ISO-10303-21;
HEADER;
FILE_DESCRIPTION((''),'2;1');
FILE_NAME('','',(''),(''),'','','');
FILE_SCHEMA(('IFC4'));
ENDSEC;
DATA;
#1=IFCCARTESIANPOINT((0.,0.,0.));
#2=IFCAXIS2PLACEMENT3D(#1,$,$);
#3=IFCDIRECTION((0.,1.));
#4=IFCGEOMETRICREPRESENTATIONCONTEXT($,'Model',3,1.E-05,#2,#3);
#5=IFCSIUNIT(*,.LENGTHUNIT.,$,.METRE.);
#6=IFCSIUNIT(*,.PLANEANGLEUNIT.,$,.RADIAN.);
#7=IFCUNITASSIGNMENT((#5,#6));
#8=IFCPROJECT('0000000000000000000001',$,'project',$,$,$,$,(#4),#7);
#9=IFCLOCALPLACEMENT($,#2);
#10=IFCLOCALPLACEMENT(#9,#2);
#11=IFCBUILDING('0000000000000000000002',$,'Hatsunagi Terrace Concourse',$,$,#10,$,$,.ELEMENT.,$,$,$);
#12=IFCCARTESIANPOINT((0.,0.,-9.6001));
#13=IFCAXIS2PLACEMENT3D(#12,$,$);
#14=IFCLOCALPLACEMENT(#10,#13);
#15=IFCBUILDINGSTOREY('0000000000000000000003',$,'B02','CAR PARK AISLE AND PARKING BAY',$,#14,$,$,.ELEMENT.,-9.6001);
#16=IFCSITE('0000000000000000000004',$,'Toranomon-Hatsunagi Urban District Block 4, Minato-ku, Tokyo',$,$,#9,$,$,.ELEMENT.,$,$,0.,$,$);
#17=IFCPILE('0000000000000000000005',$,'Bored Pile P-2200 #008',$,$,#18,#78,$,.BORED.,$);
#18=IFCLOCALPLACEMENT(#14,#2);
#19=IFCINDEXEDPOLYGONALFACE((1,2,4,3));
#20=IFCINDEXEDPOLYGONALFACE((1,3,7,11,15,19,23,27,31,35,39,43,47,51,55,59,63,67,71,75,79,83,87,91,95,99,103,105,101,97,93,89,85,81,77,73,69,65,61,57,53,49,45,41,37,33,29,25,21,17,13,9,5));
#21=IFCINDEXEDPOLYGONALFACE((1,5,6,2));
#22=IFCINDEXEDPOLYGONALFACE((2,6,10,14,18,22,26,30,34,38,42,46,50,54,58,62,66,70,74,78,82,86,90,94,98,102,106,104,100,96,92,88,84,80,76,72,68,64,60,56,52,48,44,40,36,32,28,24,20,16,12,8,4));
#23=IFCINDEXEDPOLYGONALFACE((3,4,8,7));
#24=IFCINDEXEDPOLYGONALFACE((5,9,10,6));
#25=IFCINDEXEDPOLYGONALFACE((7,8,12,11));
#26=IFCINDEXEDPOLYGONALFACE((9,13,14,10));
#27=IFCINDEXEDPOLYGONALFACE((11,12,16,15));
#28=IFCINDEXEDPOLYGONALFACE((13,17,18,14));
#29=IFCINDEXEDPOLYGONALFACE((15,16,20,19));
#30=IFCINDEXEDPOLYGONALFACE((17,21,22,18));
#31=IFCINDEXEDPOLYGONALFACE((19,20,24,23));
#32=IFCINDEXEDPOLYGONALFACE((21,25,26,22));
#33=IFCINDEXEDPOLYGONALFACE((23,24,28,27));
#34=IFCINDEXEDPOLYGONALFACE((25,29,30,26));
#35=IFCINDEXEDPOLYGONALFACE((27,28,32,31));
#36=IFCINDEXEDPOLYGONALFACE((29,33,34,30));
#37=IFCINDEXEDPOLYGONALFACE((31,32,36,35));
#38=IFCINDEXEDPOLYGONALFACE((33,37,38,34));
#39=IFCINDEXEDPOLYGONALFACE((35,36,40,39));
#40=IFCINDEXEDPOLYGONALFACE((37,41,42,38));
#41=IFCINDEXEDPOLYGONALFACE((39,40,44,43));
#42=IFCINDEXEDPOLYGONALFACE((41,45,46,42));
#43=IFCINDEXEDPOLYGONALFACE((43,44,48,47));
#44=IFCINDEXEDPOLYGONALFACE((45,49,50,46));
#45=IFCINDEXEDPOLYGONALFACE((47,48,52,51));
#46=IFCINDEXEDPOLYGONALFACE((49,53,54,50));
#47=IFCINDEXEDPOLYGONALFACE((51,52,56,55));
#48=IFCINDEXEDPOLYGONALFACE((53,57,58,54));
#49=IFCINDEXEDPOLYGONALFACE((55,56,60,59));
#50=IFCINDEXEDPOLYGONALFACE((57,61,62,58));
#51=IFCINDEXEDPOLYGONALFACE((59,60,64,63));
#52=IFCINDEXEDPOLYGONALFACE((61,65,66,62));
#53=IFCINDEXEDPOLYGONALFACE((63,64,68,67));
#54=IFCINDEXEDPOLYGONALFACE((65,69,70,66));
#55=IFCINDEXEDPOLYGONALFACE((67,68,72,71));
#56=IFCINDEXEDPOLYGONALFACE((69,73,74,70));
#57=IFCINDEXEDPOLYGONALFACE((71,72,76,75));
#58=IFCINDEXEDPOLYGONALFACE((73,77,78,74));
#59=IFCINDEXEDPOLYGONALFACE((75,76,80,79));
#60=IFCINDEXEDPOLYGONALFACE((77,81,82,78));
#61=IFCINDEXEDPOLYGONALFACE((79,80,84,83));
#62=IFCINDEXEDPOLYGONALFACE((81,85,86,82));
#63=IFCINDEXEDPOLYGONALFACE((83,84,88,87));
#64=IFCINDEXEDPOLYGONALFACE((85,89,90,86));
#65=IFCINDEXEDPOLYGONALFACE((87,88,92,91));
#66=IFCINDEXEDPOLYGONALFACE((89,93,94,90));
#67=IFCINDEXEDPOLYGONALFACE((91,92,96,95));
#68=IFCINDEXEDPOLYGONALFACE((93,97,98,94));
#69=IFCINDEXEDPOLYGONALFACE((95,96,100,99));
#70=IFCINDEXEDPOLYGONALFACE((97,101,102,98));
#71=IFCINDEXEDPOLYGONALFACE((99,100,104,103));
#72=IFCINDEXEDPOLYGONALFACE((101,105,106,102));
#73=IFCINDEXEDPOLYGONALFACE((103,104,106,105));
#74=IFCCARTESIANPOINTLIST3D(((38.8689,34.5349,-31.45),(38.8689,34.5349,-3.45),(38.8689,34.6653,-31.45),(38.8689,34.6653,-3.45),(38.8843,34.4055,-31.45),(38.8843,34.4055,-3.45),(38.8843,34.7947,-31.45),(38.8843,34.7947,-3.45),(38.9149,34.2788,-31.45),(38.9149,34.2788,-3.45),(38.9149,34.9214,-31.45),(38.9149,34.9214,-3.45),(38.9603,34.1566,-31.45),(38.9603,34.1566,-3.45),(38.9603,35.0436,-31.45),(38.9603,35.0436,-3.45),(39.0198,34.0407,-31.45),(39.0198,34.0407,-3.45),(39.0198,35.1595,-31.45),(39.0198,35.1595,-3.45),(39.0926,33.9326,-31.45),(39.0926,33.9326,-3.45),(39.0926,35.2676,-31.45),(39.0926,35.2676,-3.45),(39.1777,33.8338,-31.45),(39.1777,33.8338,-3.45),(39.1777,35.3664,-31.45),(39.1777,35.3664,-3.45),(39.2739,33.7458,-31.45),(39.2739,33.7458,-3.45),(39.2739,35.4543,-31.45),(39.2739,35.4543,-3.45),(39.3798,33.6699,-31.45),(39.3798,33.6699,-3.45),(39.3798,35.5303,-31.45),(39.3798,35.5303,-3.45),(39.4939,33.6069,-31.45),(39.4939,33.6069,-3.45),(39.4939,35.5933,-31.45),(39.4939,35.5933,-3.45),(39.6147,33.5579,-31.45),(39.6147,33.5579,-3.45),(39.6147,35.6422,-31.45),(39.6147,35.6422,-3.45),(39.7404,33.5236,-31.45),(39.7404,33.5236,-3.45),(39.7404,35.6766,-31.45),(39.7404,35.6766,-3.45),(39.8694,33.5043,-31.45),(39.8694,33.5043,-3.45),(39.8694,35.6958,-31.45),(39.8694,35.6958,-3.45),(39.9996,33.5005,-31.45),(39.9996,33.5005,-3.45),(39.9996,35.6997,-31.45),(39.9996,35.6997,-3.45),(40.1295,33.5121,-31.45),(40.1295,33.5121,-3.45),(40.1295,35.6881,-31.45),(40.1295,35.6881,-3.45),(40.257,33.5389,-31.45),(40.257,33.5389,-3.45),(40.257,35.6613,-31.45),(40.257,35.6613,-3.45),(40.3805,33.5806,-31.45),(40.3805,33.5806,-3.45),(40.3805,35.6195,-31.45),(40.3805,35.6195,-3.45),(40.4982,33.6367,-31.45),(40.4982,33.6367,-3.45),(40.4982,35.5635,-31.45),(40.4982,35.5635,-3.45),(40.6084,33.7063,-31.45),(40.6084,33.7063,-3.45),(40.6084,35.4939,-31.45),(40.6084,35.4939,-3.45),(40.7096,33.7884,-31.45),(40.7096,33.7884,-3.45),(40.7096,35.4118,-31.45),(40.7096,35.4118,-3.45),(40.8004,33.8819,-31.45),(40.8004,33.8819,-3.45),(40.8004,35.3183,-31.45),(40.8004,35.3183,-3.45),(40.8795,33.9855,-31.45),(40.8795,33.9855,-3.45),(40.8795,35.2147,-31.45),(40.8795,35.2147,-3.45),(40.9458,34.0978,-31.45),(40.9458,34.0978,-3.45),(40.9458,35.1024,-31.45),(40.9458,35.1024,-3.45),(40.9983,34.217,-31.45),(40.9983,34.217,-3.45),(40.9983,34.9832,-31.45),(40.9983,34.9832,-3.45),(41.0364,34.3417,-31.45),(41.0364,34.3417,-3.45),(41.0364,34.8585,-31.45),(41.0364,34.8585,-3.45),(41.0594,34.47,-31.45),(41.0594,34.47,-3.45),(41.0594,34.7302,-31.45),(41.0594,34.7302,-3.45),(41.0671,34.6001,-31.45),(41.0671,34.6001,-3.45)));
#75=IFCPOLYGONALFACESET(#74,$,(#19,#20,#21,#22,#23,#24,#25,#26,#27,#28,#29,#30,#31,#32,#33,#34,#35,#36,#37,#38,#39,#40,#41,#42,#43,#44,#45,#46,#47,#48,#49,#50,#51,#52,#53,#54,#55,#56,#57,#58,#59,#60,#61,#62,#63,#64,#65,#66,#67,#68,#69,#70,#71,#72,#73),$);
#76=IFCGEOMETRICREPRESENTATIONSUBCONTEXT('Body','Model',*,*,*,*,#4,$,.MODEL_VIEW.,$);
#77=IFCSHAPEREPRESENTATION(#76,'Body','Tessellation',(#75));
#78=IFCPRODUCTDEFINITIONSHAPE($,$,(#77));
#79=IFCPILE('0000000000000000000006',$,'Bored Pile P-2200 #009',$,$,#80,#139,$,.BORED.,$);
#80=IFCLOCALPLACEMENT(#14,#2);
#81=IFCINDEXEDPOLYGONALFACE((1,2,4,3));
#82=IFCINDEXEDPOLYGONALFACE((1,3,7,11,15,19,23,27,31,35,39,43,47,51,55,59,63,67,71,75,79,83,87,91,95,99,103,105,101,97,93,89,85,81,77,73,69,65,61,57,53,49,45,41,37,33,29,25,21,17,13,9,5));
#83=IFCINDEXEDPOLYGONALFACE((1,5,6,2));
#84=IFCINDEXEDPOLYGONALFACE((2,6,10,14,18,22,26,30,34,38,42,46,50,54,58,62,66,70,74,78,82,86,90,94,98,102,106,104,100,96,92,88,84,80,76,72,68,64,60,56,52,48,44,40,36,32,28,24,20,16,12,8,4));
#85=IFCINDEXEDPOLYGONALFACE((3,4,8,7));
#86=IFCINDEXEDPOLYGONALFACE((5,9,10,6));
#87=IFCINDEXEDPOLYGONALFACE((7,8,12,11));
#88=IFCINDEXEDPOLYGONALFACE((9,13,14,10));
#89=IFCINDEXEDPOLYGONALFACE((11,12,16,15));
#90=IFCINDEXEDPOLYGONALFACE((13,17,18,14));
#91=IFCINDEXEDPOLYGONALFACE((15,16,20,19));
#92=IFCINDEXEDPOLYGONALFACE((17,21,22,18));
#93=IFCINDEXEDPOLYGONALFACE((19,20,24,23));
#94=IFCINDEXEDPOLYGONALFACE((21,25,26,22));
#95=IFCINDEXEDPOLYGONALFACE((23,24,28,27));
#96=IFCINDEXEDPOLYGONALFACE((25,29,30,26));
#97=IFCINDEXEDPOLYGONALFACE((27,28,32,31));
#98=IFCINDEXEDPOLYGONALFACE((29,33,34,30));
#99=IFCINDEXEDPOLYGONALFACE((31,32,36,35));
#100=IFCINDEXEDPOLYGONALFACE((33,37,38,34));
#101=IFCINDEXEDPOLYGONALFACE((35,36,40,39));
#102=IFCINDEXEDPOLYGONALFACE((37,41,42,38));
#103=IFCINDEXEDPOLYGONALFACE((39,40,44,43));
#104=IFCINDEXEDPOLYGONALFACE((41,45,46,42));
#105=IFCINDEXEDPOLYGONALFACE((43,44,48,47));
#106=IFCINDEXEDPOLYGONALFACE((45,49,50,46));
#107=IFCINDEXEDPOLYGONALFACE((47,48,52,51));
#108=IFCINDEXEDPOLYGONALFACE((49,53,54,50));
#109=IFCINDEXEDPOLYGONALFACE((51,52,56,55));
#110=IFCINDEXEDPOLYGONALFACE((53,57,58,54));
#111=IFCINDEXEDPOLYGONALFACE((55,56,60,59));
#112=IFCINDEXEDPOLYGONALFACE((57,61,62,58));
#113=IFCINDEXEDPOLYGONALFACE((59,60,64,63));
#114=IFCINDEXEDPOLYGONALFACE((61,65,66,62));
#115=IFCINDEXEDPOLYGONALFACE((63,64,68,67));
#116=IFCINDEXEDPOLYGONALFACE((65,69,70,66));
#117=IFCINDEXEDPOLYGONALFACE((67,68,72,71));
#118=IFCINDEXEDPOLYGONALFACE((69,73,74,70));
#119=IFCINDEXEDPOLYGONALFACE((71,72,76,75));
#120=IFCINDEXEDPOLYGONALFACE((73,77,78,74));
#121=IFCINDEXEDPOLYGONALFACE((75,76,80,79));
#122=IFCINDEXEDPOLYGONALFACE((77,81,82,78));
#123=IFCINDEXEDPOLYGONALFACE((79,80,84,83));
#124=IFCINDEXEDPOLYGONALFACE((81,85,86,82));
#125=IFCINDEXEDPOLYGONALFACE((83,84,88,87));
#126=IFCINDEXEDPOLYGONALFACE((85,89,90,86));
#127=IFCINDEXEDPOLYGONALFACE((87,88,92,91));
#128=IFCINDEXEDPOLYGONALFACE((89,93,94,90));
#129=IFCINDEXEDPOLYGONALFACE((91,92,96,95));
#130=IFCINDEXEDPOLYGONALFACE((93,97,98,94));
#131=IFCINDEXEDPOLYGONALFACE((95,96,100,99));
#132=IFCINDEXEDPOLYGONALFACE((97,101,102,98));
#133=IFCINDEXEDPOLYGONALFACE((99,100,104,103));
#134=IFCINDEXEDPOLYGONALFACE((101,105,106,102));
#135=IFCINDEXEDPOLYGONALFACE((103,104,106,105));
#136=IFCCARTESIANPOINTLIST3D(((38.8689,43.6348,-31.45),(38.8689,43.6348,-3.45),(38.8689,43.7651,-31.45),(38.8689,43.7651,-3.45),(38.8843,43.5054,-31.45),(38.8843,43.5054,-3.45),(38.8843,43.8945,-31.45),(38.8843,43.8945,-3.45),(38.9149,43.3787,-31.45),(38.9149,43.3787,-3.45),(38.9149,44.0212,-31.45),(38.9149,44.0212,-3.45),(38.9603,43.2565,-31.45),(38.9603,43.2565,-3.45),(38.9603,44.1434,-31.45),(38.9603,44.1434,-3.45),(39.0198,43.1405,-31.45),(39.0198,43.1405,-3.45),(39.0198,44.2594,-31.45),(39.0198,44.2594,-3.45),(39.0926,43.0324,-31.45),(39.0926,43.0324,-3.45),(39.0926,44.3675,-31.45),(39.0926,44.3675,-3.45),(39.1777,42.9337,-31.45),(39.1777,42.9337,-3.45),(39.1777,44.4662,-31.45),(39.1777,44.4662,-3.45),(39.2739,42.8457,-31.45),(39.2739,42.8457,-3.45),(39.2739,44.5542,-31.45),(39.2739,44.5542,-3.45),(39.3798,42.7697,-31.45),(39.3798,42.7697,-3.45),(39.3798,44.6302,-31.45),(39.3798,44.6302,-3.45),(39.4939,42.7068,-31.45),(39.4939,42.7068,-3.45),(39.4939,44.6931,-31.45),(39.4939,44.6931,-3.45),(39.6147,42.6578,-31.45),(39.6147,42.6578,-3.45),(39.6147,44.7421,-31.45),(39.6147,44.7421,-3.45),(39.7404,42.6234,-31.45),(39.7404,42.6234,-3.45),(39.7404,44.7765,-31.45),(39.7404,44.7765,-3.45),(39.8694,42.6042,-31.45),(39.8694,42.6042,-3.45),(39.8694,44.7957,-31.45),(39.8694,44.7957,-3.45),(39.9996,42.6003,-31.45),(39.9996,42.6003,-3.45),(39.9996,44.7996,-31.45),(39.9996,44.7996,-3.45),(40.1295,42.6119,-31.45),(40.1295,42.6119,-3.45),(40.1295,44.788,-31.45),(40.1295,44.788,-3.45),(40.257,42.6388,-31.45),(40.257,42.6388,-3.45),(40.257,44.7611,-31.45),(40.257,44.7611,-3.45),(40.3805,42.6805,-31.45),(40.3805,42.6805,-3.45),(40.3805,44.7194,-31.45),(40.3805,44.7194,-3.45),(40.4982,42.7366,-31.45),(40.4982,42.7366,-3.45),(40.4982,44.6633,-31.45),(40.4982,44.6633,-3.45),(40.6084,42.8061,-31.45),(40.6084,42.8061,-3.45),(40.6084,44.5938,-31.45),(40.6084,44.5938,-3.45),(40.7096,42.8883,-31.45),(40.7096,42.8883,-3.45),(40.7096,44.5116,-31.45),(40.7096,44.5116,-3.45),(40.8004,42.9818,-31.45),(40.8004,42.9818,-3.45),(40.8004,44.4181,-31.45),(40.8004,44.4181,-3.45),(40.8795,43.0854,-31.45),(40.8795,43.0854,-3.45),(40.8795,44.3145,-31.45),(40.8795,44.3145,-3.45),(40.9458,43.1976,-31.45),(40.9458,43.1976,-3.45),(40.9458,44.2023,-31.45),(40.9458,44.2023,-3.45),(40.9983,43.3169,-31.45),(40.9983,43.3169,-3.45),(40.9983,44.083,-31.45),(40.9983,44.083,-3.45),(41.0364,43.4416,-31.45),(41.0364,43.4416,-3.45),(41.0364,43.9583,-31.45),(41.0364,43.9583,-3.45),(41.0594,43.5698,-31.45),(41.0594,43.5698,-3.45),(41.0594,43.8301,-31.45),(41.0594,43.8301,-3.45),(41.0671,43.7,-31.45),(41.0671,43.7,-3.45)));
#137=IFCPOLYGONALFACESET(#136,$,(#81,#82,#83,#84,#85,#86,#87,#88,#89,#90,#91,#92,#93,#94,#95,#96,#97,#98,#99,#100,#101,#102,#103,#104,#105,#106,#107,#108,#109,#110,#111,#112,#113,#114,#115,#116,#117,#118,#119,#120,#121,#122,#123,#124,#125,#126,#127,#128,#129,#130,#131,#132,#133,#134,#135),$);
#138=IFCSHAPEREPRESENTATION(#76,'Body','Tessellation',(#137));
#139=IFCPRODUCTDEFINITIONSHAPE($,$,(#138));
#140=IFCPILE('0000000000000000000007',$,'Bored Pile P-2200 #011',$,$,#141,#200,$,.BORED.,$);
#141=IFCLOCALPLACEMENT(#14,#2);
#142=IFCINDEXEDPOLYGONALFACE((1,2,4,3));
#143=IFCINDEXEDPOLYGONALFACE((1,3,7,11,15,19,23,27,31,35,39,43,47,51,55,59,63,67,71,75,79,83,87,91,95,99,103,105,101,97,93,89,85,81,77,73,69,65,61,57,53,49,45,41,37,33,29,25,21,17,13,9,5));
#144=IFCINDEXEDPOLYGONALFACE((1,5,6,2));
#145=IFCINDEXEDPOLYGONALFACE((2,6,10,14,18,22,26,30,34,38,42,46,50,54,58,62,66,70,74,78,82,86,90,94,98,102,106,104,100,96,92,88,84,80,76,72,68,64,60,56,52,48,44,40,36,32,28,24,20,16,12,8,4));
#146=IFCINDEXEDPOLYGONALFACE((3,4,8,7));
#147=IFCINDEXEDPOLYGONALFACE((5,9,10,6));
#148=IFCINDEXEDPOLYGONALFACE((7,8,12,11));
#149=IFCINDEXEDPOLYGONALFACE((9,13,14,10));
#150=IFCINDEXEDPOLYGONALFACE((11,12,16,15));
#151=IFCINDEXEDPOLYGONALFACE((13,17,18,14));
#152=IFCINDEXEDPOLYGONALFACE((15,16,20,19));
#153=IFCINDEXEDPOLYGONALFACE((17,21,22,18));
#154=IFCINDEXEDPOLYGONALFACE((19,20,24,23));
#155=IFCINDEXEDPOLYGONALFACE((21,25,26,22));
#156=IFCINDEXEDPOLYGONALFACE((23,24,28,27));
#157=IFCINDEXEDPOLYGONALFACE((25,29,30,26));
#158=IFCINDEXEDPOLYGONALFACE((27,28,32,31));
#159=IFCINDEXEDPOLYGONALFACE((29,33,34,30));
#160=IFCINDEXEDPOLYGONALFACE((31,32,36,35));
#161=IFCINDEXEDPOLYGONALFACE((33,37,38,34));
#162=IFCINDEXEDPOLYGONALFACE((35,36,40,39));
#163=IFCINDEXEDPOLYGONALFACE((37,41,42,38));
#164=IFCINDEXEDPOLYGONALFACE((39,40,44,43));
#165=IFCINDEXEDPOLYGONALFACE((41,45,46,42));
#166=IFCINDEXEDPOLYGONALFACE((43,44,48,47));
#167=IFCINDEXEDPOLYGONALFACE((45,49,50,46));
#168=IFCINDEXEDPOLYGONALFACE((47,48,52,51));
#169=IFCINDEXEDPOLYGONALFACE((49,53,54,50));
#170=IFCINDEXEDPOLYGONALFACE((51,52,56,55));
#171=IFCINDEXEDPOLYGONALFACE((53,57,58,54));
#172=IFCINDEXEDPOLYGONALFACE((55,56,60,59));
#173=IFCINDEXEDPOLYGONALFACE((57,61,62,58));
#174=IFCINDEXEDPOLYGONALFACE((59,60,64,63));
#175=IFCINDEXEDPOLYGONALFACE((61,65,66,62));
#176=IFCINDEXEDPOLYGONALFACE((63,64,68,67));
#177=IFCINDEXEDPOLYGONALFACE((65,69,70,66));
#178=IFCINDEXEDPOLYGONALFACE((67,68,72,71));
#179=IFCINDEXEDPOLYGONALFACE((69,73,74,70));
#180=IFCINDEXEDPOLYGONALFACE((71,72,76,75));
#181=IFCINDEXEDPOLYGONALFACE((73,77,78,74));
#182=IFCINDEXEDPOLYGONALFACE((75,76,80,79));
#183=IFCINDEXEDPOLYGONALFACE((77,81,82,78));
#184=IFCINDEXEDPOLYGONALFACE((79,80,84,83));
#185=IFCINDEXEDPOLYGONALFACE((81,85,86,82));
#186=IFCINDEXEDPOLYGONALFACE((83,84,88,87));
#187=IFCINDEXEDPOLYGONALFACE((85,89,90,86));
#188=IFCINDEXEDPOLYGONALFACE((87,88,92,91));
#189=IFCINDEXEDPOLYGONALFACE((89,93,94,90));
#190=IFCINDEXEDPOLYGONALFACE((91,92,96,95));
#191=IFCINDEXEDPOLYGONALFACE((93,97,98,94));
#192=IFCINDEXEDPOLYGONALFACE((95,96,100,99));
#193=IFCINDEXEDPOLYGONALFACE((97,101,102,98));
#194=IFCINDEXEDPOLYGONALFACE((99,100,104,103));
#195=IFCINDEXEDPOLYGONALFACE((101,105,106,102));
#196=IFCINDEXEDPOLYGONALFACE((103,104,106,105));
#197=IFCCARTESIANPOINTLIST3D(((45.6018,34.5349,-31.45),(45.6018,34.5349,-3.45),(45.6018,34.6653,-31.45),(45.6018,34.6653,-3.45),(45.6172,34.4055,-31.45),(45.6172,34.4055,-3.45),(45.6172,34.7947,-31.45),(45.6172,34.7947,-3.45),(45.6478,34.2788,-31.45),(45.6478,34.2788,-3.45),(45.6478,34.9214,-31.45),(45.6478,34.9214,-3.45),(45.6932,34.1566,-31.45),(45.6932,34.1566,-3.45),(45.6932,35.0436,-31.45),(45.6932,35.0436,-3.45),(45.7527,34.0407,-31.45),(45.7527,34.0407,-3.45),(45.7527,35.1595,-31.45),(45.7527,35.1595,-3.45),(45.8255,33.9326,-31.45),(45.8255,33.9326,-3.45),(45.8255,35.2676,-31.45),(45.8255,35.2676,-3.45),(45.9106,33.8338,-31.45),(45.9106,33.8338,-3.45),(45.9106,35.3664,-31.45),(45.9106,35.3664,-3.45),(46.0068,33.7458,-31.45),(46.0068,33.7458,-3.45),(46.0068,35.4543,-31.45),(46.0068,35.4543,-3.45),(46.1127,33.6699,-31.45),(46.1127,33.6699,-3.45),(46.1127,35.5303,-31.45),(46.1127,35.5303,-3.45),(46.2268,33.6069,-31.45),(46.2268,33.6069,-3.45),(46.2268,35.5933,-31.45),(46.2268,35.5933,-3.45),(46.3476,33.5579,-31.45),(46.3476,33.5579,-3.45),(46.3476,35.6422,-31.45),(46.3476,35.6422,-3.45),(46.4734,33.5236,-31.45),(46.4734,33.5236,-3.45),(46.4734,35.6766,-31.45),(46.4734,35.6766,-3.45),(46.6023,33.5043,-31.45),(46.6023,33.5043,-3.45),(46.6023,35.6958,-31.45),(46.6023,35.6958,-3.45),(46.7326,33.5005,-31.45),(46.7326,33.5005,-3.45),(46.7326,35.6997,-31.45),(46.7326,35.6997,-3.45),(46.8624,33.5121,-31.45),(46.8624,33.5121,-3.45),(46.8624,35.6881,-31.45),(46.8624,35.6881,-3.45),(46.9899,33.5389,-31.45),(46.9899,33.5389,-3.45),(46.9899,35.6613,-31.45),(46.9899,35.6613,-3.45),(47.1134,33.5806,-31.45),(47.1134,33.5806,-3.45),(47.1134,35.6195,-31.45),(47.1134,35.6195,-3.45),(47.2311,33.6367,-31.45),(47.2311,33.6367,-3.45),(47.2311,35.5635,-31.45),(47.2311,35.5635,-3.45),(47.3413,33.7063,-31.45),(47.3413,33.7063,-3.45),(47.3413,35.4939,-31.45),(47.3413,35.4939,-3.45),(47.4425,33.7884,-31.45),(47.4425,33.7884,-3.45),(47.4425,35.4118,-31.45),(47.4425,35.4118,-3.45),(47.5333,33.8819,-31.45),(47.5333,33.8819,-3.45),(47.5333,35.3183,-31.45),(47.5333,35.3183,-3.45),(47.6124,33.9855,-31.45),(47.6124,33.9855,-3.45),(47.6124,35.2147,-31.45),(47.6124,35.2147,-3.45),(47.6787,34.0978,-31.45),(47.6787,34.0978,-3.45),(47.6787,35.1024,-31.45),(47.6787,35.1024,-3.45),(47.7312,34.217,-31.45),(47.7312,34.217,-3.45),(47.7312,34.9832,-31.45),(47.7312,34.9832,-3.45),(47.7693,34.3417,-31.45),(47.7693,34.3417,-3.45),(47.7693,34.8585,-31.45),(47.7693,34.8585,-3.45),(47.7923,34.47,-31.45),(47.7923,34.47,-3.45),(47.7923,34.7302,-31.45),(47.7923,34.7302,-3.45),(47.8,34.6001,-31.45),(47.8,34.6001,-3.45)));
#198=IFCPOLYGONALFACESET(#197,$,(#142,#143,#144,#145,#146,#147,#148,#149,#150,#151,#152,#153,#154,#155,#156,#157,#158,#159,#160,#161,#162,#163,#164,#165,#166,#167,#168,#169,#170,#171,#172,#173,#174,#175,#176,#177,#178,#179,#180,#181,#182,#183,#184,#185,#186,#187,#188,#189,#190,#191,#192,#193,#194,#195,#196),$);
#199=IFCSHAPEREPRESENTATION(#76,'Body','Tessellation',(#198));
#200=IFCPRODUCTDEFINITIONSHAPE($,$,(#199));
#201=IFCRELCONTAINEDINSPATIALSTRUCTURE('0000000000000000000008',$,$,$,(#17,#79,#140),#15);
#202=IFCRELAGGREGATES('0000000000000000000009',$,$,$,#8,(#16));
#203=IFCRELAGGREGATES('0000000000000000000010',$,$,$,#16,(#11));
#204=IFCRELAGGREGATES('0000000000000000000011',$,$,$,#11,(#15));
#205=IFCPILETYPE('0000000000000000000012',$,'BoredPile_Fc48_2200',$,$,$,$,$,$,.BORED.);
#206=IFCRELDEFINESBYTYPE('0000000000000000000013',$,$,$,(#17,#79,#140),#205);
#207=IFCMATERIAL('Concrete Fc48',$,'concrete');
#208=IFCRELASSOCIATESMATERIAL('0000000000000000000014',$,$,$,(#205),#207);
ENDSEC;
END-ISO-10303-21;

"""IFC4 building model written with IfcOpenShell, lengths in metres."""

from ifc_helpers import new_model, si_unit, direction, frame, origin, origin_2d, place, context, subcontext, project, spatial, circle, extrude, material, material_profile, profile_set, type_object, element, save


model = new_model("IFC4")

# Units and contexts
model_context = context("Model", 3, precision=1e-05, world=origin(), true_north=direction((0.0, 1.0)))
body_context = subcontext(model_context, "Body", "Model", "MODEL_VIEW")
ifc_project = project(units=[si_unit("LENGTHUNIT", "METRE"), si_unit("PLANEANGLEUNIT", "RADIAN")], contexts=[model_context])

# Site, building, storey
site_placement = place(None, origin())
site = spatial("IfcSite", under=ifc_project, at=site_placement, Name="Toranomon-Hatsunagi Urban District Block 4, Minato-ku, Tokyo", CompositionType="ELEMENT", RefElevation=0.0)
building_placement = place(site_placement, origin())
building = spatial("IfcBuilding", under=site, at=building_placement, Name="Hatsunagi Terrace Concourse", CompositionType="ELEMENT")
storey_placement = place(building_placement, frame((0.0, 0.0, -9.6001)))
storey = spatial("IfcBuildingStorey", under=building, at=storey_placement, Name="B02", Description="CAR PARK AISLE AND PARKING BAY", CompositionType="ELEMENT", Elevation=-9.6001)

# Piles
ifc_material_1 = material(Name="Concrete Fc48", Category="concrete")
ifc_material_profile_1 = material_profile(ifc_material_1, circle(Radius=1.1001, at=origin_2d()), Name="PILE-2200")
ifc_profile_set_1 = profile_set([ifc_material_profile_1], Name="Concrete Fc48")
pile_type = type_object("IfcPileType", Name="BoredPile_Fc48_2200", PredefinedType="BORED", material=ifc_profile_set_1)
for number, where, z_axis, x_axis, name in (
    (1, (39.967, 34.6001, -3.45), (0.0, 0.0, -1.0), (1.0, 0.0, 0.0), "Bored Pile P-2200 #008"),
    (2, (39.967, 43.7, -3.45), (0.0, 0.0, -1.0), (1.0, 0.0, 0.0), "Bored Pile P-2200 #009"),
    (3, (46.7, 34.6001, -3.45), (0.0, 0.0, -1.0), (1.0, 0.0, 0.0), "Bored Pile P-2200 #011"),
):
    element("IfcPile", number, at=place(storey_placement, frame(where, z_axis=z_axis, x_axis=x_axis)), inside=storey, type_object=pile_type, Name=name, PredefinedType="BORED", context=body_context, shape_type="SweptSolid", body=[
        extrude(circle(Radius=1.1001, at=origin_2d()), origin(), (0.0, 0.0, 1.0), 28.0),
    ])

save(model, "model.ifc")
